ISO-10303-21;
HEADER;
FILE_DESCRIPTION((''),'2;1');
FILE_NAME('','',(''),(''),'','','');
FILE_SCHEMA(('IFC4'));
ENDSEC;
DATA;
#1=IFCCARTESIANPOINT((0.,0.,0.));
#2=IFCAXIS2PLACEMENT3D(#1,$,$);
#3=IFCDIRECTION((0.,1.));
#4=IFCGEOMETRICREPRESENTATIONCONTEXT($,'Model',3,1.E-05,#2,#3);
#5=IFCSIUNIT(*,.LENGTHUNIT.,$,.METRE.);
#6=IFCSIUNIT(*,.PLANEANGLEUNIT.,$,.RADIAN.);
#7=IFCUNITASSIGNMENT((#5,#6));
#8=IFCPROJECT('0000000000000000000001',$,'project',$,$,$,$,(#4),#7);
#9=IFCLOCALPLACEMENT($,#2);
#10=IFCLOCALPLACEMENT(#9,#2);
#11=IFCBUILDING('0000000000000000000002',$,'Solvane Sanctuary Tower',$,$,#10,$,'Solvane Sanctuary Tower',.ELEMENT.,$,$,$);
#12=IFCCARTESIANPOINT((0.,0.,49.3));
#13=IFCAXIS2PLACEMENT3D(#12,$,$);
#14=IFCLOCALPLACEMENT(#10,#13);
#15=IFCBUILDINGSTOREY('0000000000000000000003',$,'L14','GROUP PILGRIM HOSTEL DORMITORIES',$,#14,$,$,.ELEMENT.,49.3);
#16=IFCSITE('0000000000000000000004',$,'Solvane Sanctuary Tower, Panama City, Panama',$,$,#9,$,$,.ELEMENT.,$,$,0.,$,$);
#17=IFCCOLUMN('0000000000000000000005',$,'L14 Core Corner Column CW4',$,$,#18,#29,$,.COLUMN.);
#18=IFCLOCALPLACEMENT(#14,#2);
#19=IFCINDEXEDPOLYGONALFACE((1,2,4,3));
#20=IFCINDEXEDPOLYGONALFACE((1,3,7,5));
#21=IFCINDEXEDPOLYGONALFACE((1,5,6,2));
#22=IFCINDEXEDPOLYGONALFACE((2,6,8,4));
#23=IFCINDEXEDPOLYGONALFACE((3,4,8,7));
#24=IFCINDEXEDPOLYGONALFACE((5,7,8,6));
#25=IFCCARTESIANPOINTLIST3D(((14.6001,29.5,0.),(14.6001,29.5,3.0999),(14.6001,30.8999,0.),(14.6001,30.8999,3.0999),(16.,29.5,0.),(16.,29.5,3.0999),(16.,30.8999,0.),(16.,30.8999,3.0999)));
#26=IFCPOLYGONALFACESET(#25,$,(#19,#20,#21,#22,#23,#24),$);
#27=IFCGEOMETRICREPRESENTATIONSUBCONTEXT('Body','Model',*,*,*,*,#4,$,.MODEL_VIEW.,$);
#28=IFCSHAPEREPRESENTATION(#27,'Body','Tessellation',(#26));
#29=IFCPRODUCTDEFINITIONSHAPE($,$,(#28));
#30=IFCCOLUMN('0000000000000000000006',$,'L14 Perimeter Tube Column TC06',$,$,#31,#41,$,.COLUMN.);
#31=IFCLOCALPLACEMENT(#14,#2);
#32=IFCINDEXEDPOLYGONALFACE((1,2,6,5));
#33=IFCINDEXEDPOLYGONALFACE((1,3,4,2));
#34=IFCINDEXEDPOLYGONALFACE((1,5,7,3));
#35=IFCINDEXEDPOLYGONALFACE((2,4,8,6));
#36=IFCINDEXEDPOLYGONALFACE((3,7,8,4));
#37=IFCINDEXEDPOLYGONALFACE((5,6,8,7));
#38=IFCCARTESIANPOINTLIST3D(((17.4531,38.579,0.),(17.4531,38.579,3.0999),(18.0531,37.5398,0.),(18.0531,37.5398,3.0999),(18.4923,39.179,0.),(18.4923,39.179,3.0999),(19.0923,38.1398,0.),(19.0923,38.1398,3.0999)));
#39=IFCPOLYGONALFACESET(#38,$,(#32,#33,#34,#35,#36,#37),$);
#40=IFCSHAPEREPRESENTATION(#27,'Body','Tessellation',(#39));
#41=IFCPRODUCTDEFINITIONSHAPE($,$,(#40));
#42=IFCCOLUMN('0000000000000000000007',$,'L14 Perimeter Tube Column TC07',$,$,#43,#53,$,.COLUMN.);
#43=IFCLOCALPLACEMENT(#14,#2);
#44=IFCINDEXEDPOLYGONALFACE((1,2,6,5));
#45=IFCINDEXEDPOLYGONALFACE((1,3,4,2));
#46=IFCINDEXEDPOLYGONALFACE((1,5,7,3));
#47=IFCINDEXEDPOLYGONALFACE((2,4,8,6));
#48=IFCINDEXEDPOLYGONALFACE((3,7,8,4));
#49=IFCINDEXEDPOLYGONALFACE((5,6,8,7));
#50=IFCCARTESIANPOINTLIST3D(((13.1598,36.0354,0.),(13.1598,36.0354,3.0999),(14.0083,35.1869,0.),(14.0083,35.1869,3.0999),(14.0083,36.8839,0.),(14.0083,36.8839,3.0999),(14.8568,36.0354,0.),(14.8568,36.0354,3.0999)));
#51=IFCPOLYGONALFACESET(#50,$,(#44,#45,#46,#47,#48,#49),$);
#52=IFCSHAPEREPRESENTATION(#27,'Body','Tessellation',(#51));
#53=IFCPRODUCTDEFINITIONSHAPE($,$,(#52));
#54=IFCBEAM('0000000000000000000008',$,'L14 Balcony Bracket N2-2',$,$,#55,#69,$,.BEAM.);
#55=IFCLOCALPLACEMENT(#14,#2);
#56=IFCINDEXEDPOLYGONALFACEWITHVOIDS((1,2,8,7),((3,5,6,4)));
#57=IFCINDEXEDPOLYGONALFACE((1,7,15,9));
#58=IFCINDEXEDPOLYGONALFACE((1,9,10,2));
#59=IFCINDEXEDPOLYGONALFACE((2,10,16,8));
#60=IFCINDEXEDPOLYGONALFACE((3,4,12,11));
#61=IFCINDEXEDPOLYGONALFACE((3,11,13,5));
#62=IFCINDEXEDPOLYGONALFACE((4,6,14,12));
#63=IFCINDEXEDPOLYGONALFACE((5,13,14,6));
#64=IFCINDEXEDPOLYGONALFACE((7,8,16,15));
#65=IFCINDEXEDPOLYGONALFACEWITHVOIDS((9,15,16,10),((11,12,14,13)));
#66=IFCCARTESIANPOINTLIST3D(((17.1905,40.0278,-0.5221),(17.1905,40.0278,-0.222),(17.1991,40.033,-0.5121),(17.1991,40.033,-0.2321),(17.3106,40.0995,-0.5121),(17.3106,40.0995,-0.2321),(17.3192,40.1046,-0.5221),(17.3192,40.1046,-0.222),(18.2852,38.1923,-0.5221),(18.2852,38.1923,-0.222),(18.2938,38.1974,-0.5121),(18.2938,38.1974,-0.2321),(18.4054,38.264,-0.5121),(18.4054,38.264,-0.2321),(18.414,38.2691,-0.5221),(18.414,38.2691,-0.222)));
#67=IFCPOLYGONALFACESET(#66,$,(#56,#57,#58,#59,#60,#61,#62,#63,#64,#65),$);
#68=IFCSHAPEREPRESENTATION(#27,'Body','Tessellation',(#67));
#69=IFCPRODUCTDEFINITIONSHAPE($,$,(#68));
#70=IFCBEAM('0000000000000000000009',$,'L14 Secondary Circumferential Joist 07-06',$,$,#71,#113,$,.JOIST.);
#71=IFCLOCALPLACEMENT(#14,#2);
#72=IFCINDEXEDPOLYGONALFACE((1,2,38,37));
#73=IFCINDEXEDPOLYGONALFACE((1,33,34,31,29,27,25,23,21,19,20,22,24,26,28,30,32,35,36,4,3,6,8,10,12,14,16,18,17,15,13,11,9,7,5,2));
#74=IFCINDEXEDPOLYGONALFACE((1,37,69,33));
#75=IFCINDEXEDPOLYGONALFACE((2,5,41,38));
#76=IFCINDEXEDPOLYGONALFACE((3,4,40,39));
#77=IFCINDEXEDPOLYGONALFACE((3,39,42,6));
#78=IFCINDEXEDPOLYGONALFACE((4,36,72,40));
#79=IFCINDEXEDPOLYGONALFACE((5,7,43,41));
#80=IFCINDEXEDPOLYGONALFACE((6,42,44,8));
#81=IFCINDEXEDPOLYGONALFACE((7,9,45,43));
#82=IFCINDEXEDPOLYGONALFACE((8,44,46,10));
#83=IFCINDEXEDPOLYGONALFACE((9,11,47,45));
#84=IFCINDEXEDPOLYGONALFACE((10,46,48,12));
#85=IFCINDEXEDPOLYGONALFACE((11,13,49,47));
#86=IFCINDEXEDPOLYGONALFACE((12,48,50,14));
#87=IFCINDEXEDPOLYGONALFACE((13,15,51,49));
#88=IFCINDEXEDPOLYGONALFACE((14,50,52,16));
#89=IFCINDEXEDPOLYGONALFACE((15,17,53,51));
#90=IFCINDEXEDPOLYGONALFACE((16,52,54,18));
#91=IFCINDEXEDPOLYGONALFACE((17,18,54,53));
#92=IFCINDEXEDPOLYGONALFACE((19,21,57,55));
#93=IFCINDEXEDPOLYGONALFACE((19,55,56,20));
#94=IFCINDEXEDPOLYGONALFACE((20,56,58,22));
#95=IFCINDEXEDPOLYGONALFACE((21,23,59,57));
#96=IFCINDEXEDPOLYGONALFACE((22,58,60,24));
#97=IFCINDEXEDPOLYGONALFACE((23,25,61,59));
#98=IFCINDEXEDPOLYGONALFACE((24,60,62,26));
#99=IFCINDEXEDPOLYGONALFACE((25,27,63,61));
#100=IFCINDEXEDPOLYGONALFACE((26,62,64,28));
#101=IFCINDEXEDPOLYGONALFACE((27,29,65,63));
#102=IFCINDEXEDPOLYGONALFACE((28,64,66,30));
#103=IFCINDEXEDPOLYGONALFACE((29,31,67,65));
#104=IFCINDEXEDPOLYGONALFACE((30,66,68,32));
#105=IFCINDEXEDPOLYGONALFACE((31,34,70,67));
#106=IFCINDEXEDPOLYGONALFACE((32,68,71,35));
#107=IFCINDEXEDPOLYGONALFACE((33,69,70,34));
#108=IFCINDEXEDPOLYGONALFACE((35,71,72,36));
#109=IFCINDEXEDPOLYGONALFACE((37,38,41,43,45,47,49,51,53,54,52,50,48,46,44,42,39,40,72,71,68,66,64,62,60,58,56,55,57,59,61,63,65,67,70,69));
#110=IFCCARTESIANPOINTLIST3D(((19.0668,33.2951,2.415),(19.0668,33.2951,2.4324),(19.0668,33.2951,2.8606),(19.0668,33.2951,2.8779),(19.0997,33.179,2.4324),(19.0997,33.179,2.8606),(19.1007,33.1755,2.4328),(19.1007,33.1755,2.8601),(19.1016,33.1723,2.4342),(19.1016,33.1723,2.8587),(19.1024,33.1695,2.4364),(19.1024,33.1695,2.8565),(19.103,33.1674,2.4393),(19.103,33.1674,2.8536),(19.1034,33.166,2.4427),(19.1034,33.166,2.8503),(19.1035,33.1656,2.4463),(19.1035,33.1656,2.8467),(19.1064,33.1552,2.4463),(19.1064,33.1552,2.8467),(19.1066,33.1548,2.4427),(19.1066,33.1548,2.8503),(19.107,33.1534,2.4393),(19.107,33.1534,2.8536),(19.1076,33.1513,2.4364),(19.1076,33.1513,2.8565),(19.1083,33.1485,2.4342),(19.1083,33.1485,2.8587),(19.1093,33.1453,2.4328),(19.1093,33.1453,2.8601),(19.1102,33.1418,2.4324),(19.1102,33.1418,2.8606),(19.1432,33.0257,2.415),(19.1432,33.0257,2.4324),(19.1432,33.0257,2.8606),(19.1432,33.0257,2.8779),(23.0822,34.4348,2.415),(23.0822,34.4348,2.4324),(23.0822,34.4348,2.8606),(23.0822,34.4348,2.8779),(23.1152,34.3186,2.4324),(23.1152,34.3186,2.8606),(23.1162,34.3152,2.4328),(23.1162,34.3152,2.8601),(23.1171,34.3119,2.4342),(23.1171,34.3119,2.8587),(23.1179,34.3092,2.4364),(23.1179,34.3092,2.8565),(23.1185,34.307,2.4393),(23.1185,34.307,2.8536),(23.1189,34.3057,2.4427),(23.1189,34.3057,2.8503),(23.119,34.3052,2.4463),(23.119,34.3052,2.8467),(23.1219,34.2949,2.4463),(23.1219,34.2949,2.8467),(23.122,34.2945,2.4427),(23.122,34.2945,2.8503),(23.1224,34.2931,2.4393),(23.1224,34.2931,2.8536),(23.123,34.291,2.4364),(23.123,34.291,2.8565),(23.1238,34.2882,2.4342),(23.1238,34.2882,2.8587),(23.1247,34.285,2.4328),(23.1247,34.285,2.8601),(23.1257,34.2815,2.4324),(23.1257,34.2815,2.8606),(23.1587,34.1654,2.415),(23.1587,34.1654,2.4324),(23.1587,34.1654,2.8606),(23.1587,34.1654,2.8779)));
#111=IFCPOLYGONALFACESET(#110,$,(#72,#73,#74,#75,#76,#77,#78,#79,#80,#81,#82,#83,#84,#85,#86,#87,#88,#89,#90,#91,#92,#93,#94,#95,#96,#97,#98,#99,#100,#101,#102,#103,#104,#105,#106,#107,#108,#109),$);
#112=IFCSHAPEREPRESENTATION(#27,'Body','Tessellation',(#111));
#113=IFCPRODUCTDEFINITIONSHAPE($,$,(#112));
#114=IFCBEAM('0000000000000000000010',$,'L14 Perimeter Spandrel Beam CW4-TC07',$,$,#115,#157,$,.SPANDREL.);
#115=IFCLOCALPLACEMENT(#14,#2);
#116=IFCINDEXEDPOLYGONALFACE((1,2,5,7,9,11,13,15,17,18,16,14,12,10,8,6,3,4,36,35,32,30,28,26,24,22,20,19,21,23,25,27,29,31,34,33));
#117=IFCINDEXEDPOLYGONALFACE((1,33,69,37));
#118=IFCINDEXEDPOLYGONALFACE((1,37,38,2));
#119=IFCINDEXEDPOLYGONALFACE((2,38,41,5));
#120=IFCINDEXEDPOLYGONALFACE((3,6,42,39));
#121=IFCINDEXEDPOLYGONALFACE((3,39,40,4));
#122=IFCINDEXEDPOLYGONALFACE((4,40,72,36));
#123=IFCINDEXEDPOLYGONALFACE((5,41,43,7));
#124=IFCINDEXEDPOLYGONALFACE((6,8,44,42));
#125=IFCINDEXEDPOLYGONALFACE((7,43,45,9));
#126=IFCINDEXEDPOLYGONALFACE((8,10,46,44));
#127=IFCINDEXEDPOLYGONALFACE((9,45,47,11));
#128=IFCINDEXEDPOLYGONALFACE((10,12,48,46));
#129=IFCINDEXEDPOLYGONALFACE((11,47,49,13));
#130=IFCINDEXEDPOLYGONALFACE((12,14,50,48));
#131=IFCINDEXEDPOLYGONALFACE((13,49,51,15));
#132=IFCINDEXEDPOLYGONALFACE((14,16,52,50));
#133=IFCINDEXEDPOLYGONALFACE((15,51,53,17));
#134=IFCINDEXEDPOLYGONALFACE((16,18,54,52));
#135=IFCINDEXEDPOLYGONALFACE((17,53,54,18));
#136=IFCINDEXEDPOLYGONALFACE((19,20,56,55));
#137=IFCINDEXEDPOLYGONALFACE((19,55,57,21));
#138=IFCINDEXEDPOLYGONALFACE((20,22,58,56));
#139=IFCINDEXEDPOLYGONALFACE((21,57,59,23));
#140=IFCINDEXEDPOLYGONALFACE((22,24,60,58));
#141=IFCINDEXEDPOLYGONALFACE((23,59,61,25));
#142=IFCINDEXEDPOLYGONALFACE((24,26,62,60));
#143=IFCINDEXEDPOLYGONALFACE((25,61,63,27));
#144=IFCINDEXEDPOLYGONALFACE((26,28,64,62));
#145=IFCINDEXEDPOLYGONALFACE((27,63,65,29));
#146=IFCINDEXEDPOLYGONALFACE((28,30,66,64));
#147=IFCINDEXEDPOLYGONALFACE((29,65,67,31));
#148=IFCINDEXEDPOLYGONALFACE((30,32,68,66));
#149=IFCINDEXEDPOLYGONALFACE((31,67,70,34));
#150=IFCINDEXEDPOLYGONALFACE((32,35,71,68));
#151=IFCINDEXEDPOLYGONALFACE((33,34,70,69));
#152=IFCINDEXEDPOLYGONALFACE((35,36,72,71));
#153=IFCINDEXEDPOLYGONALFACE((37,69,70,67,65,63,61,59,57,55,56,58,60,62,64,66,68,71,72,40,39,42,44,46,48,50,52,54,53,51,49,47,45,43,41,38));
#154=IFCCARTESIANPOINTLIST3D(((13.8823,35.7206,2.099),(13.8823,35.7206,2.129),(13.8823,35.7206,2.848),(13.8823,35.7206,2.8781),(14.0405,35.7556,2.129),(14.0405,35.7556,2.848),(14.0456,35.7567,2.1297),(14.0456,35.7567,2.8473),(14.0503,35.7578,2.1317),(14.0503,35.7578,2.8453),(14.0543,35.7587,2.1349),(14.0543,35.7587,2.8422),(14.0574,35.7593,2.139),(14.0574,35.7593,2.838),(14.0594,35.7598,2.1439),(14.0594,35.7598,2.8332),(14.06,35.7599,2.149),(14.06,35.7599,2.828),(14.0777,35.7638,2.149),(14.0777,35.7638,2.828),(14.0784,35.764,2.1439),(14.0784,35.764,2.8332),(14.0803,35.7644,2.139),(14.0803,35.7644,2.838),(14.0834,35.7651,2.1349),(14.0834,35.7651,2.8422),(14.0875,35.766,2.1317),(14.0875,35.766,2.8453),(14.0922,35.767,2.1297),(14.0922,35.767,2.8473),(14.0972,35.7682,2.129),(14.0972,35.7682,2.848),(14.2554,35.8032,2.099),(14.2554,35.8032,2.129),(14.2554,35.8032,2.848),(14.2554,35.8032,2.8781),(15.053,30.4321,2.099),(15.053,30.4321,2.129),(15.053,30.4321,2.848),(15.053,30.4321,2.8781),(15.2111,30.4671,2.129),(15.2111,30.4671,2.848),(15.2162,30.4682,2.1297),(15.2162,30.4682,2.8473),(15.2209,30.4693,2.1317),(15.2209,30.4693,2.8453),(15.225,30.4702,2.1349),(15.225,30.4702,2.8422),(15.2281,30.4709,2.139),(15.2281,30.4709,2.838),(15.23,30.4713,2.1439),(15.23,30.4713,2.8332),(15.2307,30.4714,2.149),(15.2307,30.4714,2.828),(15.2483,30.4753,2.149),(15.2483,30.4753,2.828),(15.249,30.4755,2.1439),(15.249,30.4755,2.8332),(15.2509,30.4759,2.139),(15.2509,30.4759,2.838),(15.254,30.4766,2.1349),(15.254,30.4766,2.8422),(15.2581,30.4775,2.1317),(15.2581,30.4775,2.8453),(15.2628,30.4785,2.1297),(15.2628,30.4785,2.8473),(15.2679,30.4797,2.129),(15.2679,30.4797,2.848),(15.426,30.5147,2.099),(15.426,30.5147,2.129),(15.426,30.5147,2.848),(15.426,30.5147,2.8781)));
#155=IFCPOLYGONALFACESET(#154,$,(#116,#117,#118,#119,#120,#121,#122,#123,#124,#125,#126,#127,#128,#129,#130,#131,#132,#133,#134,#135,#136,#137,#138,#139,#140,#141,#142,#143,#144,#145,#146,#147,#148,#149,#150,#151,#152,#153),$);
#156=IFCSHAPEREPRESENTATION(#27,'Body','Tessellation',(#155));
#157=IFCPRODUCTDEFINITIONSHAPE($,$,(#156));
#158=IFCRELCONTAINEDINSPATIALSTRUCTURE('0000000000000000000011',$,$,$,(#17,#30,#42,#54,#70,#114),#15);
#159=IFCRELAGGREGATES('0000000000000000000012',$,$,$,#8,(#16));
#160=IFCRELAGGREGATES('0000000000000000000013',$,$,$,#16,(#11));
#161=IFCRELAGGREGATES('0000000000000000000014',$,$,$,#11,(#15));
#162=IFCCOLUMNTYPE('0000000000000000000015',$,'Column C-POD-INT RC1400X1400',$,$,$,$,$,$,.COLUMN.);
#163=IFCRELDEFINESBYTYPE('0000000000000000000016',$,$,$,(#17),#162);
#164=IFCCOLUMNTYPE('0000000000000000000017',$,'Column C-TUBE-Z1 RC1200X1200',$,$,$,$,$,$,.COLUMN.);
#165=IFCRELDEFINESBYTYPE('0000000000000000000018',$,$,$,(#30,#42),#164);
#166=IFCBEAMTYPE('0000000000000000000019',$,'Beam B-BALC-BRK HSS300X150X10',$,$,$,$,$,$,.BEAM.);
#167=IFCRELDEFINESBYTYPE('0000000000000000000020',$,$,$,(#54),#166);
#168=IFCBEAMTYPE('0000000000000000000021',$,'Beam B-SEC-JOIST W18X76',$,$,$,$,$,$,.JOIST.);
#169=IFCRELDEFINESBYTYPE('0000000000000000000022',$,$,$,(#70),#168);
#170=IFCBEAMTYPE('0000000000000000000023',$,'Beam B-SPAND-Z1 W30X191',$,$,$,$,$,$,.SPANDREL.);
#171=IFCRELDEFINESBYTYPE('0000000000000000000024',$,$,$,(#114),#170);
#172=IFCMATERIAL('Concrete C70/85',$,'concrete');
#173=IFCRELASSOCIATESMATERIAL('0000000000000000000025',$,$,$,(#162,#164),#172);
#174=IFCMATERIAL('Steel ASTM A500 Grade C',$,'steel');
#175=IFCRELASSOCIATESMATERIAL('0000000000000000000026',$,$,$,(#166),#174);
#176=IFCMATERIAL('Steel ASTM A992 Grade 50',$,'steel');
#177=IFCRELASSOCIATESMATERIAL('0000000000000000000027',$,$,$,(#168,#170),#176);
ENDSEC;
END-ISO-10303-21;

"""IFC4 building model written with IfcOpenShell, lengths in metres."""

from ifc_helpers import new_model, si_unit, direction, frame, origin, origin_2d, place, context, subcontext, project, spatial, rectangle, hollow_rectangle, i_section, extrude, material, material_profile, profile_set, type_object, element, save


model = new_model("IFC4")

# Units and contexts
model_context = context("Model", 3, precision=1e-05, world=origin(), true_north=direction((0.0, 1.0)))
body_context = subcontext(model_context, "Body", "Model", "MODEL_VIEW")
ifc_project = project(units=[si_unit("LENGTHUNIT", "METRE"), si_unit("PLANEANGLEUNIT", "RADIAN")], contexts=[model_context])

# Site, building, storey
site_placement = place(None, origin())
site = spatial("IfcSite", under=ifc_project, at=site_placement, Name="Solvane Sanctuary Tower, Panama City, Panama", CompositionType="ELEMENT", RefElevation=0.0)
building_placement = place(site_placement, origin())
building = spatial("IfcBuilding", under=site, at=building_placement, Name="Solvane Sanctuary Tower", LongName="Solvane Sanctuary Tower", CompositionType="ELEMENT")
storey_placement = place(building_placement, frame((0.0, 0.0, 49.3)))
storey = spatial("IfcBuildingStorey", under=building, at=storey_placement, Name="L14", Description="GROUP PILGRIM HOSTEL DORMITORIES", CompositionType="ELEMENT", Elevation=49.3)

# Columns
ifc_material_1 = material(Name="Concrete C70/85", Category="concrete")
ifc_material_profile_1 = material_profile(ifc_material_1, rectangle(XDim=1.3999, YDim=1.3999, at=origin_2d()), Name="RC1400X1400")
ifc_profile_set_1 = profile_set([ifc_material_profile_1], Name="Concrete C70/85")
column_type_1 = type_object("IfcColumnType", Name="Column C-POD-INT RC1400X1400", PredefinedType="COLUMN", material=ifc_profile_set_1)
column_placement = place(storey_placement, frame((15.3, 30.2, 0.0), z_axis=(0.0, 0.0, 1.0), x_axis=(1.0, 0.0, 0.0)))
element("IfcColumn", 1, at=column_placement, inside=storey, type_object=column_type_1, Name="L14 Core Corner Column CW4", PredefinedType="COLUMN", context=body_context, shape_type="SweptSolid", body=[
    extrude(rectangle(XDim=1.3999, YDim=1.3999, at=origin_2d()), origin(), (0.0, 0.0, 1.0), 3.0999),
])
ifc_material_profile_2 = material_profile(ifc_material_1, rectangle(XDim=1.2, YDim=1.2, at=origin_2d()), Name="RC1200X1200")
ifc_profile_set_2 = profile_set([ifc_material_profile_2], Name="Concrete C70/85")
column_type_2 = type_object("IfcColumnType", Name="Column C-TUBE-Z1 RC1200X1200", PredefinedType="COLUMN", material=ifc_profile_set_2)
for number, where, z_axis, x_axis, name in (
    (2, (18.2727, 38.3594, 0.0), (0.0, 0.0, 1.0), (-0.5, 0.866025, 0.0), "L14 Perimeter Tube Column TC06"),
    (3, (14.0083, 36.0354, 0.0), (0.0, 0.0, 1.0), (-0.707107, 0.707107, 0.0), "L14 Perimeter Tube Column TC07"),
):
    element("IfcColumn", number, at=place(storey_placement, frame(where, z_axis=z_axis, x_axis=x_axis)), inside=storey, type_object=column_type_2, Name=name, PredefinedType="COLUMN", context=body_context, shape_type="SweptSolid", body=[
        extrude(rectangle(XDim=1.2, YDim=1.2, at=origin_2d()), origin(), (0.0, 0.0, 1.0), 3.0999),
    ])

# Beams
ifc_material_2 = material(Name="Steel ASTM A500 Grade C", Category="steel")
ifc_material_profile_3 = material_profile(ifc_material_2, hollow_rectangle(XDim=0.1499, YDim=0.3, WallThickness=0.01, at=origin_2d()), Name="HSS300X150X10")
ifc_profile_set_3 = profile_set([ifc_material_profile_3], Name="Steel ASTM A500 Grade C")
beam_type_1 = type_object("IfcBeamType", Name="Beam B-BALC-BRK HSS300X150X10", PredefinedType="BEAM", material=ifc_profile_set_3)
beam_1_placement = place(storey_placement, frame((18.3496, 38.2307, -0.3721), z_axis=(-0.512243, 0.858841, 0.0), x_axis=(-0.858841, -0.512243, 0.0)))
element("IfcBeam", 4, at=beam_1_placement, inside=storey, type_object=beam_type_1, Name="L14 Balcony Bracket N2-2", PredefinedType="BEAM", context=body_context, shape_type="SweptSolid", body=[
    extrude(hollow_rectangle(XDim=0.1499, YDim=0.3, WallThickness=0.01, at=origin_2d()), origin(), (0.0, 0.0, 1.0), 2.1372),
])
ifc_material_3 = material(Name="Steel ASTM A992 Grade 50", Category="steel")
ifc_material_profile_4 = material_profile(ifc_material_3, i_section(OverallWidth=0.28, OverallDepth=0.4629, WebThickness=0.0107, FlangeThickness=0.0173, FilletRadius=0.0139, at=origin_2d()), Name="W18X76")
ifc_profile_set_4 = profile_set([ifc_material_profile_4], Name="Steel ASTM A992 Grade 50")
beam_type_2 = type_object("IfcBeamType", Name="Beam B-SEC-JOIST W18X76", PredefinedType="JOIST", material=ifc_profile_set_4)
beam_2_placement = place(storey_placement, frame((19.105, 33.1604, 2.6465), z_axis=(0.962004, 0.273037, 0.0), x_axis=(-0.273037, 0.962004, 0.0)))
element("IfcBeam", 5, at=beam_2_placement, inside=storey, type_object=beam_type_2, Name="L14 Secondary Circumferential Joist 07-06", PredefinedType="JOIST", context=body_context, shape_type="SweptSolid", body=[
    extrude(i_section(OverallWidth=0.28, OverallDepth=0.4629, WebThickness=0.0107, FlangeThickness=0.0173, FilletRadius=0.0139, at=origin_2d()), origin(), (0.0, 0.0, 1.0), 4.1741),
])
ifc_material_profile_5 = material_profile(ifc_material_3, i_section(OverallWidth=0.3821, OverallDepth=0.7791, WebThickness=0.0181, FlangeThickness=0.03, FilletRadius=0.02, at=origin_2d()), Name="W30X191")
ifc_profile_set_5 = profile_set([ifc_material_profile_5], Name="Steel ASTM A992 Grade 50")
beam_type_3 = type_object("IfcBeamType", Name="Beam B-SPAND-Z1 W30X191", PredefinedType="SPANDREL", material=ifc_profile_set_5)
beam_3_placement = place(storey_placement, frame((15.2395, 30.4734, 2.4885), z_axis=(-0.216124, 0.976366, 0.0), x_axis=(-0.976366, -0.216124, 0.0)))
element("IfcBeam", 6, at=beam_3_placement, inside=storey, type_object=beam_type_3, Name="L14 Perimeter Spandrel Beam CW4-TC07", PredefinedType="SPANDREL", context=body_context, shape_type="SweptSolid", body=[
    extrude(i_section(OverallWidth=0.3821, OverallDepth=0.7791, WebThickness=0.0181, FlangeThickness=0.03, FilletRadius=0.02, at=origin_2d()), origin(), (0.0, 0.0, 1.0), 5.4165),
])

save(model, "model.ifc")
